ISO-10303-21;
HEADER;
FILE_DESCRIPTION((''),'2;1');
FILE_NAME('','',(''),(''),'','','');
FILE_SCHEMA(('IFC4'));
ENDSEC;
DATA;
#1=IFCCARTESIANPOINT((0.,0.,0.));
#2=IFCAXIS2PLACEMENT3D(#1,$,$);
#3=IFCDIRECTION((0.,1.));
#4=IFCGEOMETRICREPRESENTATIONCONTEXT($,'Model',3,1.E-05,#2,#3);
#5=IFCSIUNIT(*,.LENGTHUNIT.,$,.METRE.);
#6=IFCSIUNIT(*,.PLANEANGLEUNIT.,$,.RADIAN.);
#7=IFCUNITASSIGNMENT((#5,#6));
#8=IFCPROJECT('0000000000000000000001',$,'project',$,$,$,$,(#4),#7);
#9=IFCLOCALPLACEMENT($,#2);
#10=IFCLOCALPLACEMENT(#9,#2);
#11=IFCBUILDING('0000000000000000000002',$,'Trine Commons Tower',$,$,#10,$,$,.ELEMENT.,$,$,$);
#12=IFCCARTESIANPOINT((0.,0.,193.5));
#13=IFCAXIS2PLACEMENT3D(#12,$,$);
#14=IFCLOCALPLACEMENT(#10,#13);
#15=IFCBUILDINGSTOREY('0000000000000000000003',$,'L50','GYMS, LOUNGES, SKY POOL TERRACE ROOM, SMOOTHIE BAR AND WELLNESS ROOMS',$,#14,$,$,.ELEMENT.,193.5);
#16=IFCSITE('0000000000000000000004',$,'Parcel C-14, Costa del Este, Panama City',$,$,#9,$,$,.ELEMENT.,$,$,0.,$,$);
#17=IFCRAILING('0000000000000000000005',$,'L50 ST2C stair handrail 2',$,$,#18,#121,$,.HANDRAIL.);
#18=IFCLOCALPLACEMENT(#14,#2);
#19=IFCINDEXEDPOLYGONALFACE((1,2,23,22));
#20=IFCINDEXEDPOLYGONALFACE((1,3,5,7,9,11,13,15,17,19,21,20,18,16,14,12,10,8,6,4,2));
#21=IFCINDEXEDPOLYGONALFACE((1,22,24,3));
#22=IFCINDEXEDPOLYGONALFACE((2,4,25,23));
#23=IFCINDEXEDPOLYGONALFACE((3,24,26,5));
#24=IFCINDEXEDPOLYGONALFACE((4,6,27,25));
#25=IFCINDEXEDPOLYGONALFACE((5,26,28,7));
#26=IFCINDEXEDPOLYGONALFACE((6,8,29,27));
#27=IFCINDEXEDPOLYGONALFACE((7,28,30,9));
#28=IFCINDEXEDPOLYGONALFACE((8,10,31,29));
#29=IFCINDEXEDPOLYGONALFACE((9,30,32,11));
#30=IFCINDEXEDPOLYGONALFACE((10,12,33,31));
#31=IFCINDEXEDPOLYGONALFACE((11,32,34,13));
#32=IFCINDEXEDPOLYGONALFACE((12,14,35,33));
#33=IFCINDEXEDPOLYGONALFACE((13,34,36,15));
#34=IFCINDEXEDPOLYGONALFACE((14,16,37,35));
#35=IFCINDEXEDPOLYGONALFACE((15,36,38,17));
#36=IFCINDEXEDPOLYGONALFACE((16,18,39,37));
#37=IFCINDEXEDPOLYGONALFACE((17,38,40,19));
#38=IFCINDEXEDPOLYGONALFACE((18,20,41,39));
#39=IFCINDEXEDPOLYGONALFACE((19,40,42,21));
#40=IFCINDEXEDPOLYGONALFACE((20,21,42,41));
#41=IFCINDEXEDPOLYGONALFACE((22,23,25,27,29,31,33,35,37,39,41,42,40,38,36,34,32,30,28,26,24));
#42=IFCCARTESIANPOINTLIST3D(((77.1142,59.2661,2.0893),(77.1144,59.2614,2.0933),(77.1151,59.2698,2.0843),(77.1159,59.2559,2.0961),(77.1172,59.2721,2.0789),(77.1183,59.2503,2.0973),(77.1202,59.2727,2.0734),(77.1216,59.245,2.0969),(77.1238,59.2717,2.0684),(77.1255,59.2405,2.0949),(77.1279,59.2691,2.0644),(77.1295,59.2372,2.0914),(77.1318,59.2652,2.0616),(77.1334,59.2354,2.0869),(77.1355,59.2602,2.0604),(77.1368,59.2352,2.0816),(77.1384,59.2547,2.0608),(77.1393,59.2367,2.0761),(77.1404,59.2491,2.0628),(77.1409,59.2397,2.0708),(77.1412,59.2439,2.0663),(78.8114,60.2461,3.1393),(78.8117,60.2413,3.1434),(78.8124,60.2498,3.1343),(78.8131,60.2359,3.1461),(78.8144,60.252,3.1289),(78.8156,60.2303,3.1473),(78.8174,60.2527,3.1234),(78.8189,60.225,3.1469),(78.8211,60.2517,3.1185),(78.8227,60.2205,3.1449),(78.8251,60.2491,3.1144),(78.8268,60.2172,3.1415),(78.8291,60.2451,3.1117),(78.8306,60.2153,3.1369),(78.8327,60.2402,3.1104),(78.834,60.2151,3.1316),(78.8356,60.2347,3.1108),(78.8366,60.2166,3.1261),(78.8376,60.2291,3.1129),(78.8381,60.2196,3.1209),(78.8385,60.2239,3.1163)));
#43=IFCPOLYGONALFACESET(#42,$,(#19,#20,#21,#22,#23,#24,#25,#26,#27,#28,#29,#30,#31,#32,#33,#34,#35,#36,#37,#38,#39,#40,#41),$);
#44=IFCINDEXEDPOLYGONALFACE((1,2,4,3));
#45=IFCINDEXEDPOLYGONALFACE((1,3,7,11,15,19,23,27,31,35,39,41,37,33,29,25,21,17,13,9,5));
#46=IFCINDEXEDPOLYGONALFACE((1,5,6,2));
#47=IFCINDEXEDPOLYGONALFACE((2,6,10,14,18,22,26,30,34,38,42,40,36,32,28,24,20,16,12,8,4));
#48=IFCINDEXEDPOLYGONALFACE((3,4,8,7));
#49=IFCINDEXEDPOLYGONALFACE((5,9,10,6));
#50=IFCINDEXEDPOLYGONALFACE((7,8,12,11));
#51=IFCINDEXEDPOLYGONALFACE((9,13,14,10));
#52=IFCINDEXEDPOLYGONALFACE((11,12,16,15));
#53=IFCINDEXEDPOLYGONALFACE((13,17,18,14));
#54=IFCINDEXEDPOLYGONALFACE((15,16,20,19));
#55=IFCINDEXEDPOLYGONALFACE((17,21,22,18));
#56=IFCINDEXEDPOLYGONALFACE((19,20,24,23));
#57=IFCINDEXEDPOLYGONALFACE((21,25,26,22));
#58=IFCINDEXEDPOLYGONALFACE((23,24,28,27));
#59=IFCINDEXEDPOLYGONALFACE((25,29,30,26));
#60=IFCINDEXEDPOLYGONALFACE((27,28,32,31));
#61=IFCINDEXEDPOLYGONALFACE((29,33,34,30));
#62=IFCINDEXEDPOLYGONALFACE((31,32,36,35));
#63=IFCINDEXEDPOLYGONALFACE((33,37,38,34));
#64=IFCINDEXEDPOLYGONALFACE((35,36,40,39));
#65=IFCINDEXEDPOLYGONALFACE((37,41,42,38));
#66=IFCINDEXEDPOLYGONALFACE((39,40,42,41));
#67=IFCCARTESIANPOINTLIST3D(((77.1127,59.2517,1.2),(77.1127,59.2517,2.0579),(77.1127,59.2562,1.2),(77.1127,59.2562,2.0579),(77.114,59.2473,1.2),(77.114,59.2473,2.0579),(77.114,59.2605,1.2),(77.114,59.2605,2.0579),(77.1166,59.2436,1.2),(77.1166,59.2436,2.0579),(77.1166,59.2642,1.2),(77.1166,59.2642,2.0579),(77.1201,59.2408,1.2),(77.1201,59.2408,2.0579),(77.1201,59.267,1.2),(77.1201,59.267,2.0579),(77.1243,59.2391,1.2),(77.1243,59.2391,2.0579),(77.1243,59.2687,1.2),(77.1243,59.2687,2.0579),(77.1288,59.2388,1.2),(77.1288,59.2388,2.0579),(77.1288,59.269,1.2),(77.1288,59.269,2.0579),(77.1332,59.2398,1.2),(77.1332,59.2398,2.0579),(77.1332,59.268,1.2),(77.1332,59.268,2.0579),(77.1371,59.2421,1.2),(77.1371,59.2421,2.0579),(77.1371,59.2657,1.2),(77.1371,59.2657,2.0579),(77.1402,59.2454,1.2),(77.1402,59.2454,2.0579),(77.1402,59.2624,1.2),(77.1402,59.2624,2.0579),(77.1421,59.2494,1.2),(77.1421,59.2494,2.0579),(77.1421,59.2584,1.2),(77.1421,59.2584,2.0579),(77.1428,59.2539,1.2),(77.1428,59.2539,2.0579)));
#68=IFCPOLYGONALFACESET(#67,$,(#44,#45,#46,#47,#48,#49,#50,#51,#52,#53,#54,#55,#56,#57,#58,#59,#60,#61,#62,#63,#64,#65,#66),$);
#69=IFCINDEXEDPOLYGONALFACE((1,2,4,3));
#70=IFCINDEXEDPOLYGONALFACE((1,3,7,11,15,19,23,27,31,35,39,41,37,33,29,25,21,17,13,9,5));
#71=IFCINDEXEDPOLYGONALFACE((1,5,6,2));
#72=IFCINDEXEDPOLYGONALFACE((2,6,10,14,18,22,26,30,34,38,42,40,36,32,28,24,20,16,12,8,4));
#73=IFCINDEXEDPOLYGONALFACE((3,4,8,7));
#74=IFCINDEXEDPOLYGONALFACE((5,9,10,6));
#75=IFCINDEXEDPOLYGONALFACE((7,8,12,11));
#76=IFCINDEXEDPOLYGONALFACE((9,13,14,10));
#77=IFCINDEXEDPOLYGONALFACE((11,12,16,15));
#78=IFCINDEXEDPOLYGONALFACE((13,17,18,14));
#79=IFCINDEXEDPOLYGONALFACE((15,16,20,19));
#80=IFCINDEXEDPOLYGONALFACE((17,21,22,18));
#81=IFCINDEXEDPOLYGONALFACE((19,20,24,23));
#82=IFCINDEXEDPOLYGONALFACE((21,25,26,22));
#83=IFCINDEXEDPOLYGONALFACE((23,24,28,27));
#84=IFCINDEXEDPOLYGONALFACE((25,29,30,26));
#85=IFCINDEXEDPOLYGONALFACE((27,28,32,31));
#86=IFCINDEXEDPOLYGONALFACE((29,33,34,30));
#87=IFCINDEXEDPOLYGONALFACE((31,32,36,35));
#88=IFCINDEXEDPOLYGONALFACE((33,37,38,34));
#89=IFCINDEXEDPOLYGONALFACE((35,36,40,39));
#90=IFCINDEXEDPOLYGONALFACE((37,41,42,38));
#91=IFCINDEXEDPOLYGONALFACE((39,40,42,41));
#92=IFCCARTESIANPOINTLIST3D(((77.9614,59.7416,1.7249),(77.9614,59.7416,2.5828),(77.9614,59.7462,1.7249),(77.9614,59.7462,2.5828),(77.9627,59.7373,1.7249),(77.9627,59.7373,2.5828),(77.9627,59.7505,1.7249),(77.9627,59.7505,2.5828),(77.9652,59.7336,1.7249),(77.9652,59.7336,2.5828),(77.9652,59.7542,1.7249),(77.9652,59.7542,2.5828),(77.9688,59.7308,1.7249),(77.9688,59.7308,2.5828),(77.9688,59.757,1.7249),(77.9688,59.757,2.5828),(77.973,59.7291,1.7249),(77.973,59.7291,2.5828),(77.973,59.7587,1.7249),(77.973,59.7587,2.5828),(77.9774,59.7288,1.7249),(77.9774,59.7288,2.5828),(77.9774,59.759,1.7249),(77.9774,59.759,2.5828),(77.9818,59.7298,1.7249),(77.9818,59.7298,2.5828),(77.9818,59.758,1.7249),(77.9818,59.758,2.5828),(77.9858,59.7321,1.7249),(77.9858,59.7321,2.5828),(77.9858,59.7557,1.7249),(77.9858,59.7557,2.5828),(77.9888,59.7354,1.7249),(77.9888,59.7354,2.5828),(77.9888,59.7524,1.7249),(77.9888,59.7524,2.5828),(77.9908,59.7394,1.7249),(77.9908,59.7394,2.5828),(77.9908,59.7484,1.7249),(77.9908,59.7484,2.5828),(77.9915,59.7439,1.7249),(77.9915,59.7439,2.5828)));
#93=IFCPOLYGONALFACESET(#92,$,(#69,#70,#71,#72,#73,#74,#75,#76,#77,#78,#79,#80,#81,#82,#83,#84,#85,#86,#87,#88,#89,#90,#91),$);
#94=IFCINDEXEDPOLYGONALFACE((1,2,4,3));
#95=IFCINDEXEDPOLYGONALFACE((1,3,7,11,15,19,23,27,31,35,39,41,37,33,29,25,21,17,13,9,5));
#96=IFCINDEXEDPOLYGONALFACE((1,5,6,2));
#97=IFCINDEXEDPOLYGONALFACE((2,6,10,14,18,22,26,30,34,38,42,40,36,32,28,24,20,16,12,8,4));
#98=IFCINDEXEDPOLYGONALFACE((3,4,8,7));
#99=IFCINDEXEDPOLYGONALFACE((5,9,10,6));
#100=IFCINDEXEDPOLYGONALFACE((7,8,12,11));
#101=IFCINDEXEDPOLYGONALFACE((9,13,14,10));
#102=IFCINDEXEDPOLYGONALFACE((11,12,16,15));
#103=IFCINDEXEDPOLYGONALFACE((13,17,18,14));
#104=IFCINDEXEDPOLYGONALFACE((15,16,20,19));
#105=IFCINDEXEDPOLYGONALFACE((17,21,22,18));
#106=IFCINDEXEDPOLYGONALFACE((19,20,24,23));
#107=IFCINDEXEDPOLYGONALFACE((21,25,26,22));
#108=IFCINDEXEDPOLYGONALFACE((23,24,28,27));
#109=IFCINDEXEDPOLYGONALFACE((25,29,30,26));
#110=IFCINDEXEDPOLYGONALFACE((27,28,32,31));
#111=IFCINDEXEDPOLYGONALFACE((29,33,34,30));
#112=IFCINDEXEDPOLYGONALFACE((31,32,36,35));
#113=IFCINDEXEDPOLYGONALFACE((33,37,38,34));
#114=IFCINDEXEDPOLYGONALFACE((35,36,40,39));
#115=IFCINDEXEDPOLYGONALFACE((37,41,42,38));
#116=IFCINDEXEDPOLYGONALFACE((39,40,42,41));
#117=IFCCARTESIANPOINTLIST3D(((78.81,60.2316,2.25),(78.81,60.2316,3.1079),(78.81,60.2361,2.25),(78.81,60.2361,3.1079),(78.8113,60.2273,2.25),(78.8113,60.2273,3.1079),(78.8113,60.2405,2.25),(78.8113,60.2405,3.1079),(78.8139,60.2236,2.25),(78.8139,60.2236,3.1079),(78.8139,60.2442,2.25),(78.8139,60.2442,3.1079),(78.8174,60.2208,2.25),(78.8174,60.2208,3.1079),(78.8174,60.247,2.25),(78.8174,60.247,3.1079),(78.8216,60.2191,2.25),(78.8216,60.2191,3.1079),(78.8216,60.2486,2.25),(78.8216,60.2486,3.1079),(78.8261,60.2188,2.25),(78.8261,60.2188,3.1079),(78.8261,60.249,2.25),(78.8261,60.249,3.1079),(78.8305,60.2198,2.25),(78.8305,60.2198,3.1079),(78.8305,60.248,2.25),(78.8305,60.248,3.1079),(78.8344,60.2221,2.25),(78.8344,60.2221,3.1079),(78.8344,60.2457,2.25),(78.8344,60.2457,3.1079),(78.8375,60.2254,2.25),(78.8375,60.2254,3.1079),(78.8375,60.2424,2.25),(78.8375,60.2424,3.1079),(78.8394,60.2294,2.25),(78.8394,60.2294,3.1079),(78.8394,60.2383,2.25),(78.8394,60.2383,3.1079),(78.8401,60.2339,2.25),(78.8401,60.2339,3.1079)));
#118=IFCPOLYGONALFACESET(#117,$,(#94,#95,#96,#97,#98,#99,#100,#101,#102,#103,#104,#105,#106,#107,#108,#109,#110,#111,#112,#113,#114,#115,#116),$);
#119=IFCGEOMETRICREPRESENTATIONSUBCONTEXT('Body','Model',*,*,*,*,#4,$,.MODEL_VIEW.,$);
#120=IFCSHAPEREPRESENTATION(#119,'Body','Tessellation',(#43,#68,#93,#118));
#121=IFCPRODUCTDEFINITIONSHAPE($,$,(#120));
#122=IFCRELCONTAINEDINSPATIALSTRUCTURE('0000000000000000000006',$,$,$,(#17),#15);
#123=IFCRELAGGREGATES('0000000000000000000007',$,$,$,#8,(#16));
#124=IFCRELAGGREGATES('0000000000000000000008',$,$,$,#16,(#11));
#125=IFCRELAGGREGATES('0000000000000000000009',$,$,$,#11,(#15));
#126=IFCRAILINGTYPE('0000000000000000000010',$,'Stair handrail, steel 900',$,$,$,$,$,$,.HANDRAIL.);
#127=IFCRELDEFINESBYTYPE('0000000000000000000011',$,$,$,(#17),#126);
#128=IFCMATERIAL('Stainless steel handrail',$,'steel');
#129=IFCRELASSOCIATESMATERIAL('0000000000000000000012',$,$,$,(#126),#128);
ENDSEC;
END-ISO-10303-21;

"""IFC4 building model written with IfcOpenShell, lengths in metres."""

from ifc_helpers import new_model, si_unit, direction, frame, origin, origin_2d, place, context, subcontext, project, spatial, circle, extrude, material, type_object, element, save


model = new_model("IFC4")

# Units and contexts
model_context = context("Model", 3, precision=1e-05, world=origin(), true_north=direction((0.0, 1.0)))
body_context = subcontext(model_context, "Body", "Model", "MODEL_VIEW")
ifc_project = project(units=[si_unit("LENGTHUNIT", "METRE"), si_unit("PLANEANGLEUNIT", "RADIAN")], contexts=[model_context])

# Site, building, storey
site_placement = place(None, origin())
site = spatial("IfcSite", under=ifc_project, at=site_placement, Name="Parcel C-14, Costa del Este, Panama City", CompositionType="ELEMENT", RefElevation=0.0)
building_placement = place(site_placement, origin())
building = spatial("IfcBuilding", under=site, at=building_placement, Name="Trine Commons Tower", CompositionType="ELEMENT")
storey_placement = place(building_placement, frame((0.0, 0.0, 193.5)))
storey = spatial("IfcBuildingStorey", under=building, at=storey_placement, Name="L50", Description="GYMS, LOUNGES, SKY POOL TERRACE ROOM, SMOOTHIE BAR AND WELLNESS ROOMS", CompositionType="ELEMENT", Elevation=193.5)

# Railing
ifc_material_1 = material(Name="Stainless steel handrail", Category="steel")
railing_type_1 = type_object("IfcRailingType", Name="Stair handrail, steel 900", PredefinedType="HANDRAIL", material=ifc_material_1)
railing_1_placement = place(storey_placement, frame((77.1277, 59.2539, 1.2)))
element("IfcRailing", 1, at=railing_1_placement, inside=storey, type_object=railing_type_1, Name="L50 ST2C stair handrail 2", PredefinedType="HANDRAIL", context=body_context, shape_type="SweptSolid", body=[
    extrude(circle(Radius=0.021, at=origin_2d()), frame((0.0, 0.0, 0.8789), z_axis=(0.763352, 0.44075, 0.472264), x_axis=(-0.500024, 0.866011, 0.0)), (0.0, 0.0, 1.0), 2.2234),
    extrude(circle(Radius=0.0151, at=origin_2d()), origin(), (0.0, 0.0, 1.0), 0.8579),
    extrude(circle(Radius=0.0151, at=origin_2d()), frame((0.8486, 0.49, 0.5249)), (0.0, 0.0, 1.0), 0.8579),
    extrude(circle(Radius=0.0151, at=origin_2d()), frame((1.6973, 0.98, 1.05)), (0.0, 0.0, 1.0), 0.8579),
])

save(model, "model.ifc")
